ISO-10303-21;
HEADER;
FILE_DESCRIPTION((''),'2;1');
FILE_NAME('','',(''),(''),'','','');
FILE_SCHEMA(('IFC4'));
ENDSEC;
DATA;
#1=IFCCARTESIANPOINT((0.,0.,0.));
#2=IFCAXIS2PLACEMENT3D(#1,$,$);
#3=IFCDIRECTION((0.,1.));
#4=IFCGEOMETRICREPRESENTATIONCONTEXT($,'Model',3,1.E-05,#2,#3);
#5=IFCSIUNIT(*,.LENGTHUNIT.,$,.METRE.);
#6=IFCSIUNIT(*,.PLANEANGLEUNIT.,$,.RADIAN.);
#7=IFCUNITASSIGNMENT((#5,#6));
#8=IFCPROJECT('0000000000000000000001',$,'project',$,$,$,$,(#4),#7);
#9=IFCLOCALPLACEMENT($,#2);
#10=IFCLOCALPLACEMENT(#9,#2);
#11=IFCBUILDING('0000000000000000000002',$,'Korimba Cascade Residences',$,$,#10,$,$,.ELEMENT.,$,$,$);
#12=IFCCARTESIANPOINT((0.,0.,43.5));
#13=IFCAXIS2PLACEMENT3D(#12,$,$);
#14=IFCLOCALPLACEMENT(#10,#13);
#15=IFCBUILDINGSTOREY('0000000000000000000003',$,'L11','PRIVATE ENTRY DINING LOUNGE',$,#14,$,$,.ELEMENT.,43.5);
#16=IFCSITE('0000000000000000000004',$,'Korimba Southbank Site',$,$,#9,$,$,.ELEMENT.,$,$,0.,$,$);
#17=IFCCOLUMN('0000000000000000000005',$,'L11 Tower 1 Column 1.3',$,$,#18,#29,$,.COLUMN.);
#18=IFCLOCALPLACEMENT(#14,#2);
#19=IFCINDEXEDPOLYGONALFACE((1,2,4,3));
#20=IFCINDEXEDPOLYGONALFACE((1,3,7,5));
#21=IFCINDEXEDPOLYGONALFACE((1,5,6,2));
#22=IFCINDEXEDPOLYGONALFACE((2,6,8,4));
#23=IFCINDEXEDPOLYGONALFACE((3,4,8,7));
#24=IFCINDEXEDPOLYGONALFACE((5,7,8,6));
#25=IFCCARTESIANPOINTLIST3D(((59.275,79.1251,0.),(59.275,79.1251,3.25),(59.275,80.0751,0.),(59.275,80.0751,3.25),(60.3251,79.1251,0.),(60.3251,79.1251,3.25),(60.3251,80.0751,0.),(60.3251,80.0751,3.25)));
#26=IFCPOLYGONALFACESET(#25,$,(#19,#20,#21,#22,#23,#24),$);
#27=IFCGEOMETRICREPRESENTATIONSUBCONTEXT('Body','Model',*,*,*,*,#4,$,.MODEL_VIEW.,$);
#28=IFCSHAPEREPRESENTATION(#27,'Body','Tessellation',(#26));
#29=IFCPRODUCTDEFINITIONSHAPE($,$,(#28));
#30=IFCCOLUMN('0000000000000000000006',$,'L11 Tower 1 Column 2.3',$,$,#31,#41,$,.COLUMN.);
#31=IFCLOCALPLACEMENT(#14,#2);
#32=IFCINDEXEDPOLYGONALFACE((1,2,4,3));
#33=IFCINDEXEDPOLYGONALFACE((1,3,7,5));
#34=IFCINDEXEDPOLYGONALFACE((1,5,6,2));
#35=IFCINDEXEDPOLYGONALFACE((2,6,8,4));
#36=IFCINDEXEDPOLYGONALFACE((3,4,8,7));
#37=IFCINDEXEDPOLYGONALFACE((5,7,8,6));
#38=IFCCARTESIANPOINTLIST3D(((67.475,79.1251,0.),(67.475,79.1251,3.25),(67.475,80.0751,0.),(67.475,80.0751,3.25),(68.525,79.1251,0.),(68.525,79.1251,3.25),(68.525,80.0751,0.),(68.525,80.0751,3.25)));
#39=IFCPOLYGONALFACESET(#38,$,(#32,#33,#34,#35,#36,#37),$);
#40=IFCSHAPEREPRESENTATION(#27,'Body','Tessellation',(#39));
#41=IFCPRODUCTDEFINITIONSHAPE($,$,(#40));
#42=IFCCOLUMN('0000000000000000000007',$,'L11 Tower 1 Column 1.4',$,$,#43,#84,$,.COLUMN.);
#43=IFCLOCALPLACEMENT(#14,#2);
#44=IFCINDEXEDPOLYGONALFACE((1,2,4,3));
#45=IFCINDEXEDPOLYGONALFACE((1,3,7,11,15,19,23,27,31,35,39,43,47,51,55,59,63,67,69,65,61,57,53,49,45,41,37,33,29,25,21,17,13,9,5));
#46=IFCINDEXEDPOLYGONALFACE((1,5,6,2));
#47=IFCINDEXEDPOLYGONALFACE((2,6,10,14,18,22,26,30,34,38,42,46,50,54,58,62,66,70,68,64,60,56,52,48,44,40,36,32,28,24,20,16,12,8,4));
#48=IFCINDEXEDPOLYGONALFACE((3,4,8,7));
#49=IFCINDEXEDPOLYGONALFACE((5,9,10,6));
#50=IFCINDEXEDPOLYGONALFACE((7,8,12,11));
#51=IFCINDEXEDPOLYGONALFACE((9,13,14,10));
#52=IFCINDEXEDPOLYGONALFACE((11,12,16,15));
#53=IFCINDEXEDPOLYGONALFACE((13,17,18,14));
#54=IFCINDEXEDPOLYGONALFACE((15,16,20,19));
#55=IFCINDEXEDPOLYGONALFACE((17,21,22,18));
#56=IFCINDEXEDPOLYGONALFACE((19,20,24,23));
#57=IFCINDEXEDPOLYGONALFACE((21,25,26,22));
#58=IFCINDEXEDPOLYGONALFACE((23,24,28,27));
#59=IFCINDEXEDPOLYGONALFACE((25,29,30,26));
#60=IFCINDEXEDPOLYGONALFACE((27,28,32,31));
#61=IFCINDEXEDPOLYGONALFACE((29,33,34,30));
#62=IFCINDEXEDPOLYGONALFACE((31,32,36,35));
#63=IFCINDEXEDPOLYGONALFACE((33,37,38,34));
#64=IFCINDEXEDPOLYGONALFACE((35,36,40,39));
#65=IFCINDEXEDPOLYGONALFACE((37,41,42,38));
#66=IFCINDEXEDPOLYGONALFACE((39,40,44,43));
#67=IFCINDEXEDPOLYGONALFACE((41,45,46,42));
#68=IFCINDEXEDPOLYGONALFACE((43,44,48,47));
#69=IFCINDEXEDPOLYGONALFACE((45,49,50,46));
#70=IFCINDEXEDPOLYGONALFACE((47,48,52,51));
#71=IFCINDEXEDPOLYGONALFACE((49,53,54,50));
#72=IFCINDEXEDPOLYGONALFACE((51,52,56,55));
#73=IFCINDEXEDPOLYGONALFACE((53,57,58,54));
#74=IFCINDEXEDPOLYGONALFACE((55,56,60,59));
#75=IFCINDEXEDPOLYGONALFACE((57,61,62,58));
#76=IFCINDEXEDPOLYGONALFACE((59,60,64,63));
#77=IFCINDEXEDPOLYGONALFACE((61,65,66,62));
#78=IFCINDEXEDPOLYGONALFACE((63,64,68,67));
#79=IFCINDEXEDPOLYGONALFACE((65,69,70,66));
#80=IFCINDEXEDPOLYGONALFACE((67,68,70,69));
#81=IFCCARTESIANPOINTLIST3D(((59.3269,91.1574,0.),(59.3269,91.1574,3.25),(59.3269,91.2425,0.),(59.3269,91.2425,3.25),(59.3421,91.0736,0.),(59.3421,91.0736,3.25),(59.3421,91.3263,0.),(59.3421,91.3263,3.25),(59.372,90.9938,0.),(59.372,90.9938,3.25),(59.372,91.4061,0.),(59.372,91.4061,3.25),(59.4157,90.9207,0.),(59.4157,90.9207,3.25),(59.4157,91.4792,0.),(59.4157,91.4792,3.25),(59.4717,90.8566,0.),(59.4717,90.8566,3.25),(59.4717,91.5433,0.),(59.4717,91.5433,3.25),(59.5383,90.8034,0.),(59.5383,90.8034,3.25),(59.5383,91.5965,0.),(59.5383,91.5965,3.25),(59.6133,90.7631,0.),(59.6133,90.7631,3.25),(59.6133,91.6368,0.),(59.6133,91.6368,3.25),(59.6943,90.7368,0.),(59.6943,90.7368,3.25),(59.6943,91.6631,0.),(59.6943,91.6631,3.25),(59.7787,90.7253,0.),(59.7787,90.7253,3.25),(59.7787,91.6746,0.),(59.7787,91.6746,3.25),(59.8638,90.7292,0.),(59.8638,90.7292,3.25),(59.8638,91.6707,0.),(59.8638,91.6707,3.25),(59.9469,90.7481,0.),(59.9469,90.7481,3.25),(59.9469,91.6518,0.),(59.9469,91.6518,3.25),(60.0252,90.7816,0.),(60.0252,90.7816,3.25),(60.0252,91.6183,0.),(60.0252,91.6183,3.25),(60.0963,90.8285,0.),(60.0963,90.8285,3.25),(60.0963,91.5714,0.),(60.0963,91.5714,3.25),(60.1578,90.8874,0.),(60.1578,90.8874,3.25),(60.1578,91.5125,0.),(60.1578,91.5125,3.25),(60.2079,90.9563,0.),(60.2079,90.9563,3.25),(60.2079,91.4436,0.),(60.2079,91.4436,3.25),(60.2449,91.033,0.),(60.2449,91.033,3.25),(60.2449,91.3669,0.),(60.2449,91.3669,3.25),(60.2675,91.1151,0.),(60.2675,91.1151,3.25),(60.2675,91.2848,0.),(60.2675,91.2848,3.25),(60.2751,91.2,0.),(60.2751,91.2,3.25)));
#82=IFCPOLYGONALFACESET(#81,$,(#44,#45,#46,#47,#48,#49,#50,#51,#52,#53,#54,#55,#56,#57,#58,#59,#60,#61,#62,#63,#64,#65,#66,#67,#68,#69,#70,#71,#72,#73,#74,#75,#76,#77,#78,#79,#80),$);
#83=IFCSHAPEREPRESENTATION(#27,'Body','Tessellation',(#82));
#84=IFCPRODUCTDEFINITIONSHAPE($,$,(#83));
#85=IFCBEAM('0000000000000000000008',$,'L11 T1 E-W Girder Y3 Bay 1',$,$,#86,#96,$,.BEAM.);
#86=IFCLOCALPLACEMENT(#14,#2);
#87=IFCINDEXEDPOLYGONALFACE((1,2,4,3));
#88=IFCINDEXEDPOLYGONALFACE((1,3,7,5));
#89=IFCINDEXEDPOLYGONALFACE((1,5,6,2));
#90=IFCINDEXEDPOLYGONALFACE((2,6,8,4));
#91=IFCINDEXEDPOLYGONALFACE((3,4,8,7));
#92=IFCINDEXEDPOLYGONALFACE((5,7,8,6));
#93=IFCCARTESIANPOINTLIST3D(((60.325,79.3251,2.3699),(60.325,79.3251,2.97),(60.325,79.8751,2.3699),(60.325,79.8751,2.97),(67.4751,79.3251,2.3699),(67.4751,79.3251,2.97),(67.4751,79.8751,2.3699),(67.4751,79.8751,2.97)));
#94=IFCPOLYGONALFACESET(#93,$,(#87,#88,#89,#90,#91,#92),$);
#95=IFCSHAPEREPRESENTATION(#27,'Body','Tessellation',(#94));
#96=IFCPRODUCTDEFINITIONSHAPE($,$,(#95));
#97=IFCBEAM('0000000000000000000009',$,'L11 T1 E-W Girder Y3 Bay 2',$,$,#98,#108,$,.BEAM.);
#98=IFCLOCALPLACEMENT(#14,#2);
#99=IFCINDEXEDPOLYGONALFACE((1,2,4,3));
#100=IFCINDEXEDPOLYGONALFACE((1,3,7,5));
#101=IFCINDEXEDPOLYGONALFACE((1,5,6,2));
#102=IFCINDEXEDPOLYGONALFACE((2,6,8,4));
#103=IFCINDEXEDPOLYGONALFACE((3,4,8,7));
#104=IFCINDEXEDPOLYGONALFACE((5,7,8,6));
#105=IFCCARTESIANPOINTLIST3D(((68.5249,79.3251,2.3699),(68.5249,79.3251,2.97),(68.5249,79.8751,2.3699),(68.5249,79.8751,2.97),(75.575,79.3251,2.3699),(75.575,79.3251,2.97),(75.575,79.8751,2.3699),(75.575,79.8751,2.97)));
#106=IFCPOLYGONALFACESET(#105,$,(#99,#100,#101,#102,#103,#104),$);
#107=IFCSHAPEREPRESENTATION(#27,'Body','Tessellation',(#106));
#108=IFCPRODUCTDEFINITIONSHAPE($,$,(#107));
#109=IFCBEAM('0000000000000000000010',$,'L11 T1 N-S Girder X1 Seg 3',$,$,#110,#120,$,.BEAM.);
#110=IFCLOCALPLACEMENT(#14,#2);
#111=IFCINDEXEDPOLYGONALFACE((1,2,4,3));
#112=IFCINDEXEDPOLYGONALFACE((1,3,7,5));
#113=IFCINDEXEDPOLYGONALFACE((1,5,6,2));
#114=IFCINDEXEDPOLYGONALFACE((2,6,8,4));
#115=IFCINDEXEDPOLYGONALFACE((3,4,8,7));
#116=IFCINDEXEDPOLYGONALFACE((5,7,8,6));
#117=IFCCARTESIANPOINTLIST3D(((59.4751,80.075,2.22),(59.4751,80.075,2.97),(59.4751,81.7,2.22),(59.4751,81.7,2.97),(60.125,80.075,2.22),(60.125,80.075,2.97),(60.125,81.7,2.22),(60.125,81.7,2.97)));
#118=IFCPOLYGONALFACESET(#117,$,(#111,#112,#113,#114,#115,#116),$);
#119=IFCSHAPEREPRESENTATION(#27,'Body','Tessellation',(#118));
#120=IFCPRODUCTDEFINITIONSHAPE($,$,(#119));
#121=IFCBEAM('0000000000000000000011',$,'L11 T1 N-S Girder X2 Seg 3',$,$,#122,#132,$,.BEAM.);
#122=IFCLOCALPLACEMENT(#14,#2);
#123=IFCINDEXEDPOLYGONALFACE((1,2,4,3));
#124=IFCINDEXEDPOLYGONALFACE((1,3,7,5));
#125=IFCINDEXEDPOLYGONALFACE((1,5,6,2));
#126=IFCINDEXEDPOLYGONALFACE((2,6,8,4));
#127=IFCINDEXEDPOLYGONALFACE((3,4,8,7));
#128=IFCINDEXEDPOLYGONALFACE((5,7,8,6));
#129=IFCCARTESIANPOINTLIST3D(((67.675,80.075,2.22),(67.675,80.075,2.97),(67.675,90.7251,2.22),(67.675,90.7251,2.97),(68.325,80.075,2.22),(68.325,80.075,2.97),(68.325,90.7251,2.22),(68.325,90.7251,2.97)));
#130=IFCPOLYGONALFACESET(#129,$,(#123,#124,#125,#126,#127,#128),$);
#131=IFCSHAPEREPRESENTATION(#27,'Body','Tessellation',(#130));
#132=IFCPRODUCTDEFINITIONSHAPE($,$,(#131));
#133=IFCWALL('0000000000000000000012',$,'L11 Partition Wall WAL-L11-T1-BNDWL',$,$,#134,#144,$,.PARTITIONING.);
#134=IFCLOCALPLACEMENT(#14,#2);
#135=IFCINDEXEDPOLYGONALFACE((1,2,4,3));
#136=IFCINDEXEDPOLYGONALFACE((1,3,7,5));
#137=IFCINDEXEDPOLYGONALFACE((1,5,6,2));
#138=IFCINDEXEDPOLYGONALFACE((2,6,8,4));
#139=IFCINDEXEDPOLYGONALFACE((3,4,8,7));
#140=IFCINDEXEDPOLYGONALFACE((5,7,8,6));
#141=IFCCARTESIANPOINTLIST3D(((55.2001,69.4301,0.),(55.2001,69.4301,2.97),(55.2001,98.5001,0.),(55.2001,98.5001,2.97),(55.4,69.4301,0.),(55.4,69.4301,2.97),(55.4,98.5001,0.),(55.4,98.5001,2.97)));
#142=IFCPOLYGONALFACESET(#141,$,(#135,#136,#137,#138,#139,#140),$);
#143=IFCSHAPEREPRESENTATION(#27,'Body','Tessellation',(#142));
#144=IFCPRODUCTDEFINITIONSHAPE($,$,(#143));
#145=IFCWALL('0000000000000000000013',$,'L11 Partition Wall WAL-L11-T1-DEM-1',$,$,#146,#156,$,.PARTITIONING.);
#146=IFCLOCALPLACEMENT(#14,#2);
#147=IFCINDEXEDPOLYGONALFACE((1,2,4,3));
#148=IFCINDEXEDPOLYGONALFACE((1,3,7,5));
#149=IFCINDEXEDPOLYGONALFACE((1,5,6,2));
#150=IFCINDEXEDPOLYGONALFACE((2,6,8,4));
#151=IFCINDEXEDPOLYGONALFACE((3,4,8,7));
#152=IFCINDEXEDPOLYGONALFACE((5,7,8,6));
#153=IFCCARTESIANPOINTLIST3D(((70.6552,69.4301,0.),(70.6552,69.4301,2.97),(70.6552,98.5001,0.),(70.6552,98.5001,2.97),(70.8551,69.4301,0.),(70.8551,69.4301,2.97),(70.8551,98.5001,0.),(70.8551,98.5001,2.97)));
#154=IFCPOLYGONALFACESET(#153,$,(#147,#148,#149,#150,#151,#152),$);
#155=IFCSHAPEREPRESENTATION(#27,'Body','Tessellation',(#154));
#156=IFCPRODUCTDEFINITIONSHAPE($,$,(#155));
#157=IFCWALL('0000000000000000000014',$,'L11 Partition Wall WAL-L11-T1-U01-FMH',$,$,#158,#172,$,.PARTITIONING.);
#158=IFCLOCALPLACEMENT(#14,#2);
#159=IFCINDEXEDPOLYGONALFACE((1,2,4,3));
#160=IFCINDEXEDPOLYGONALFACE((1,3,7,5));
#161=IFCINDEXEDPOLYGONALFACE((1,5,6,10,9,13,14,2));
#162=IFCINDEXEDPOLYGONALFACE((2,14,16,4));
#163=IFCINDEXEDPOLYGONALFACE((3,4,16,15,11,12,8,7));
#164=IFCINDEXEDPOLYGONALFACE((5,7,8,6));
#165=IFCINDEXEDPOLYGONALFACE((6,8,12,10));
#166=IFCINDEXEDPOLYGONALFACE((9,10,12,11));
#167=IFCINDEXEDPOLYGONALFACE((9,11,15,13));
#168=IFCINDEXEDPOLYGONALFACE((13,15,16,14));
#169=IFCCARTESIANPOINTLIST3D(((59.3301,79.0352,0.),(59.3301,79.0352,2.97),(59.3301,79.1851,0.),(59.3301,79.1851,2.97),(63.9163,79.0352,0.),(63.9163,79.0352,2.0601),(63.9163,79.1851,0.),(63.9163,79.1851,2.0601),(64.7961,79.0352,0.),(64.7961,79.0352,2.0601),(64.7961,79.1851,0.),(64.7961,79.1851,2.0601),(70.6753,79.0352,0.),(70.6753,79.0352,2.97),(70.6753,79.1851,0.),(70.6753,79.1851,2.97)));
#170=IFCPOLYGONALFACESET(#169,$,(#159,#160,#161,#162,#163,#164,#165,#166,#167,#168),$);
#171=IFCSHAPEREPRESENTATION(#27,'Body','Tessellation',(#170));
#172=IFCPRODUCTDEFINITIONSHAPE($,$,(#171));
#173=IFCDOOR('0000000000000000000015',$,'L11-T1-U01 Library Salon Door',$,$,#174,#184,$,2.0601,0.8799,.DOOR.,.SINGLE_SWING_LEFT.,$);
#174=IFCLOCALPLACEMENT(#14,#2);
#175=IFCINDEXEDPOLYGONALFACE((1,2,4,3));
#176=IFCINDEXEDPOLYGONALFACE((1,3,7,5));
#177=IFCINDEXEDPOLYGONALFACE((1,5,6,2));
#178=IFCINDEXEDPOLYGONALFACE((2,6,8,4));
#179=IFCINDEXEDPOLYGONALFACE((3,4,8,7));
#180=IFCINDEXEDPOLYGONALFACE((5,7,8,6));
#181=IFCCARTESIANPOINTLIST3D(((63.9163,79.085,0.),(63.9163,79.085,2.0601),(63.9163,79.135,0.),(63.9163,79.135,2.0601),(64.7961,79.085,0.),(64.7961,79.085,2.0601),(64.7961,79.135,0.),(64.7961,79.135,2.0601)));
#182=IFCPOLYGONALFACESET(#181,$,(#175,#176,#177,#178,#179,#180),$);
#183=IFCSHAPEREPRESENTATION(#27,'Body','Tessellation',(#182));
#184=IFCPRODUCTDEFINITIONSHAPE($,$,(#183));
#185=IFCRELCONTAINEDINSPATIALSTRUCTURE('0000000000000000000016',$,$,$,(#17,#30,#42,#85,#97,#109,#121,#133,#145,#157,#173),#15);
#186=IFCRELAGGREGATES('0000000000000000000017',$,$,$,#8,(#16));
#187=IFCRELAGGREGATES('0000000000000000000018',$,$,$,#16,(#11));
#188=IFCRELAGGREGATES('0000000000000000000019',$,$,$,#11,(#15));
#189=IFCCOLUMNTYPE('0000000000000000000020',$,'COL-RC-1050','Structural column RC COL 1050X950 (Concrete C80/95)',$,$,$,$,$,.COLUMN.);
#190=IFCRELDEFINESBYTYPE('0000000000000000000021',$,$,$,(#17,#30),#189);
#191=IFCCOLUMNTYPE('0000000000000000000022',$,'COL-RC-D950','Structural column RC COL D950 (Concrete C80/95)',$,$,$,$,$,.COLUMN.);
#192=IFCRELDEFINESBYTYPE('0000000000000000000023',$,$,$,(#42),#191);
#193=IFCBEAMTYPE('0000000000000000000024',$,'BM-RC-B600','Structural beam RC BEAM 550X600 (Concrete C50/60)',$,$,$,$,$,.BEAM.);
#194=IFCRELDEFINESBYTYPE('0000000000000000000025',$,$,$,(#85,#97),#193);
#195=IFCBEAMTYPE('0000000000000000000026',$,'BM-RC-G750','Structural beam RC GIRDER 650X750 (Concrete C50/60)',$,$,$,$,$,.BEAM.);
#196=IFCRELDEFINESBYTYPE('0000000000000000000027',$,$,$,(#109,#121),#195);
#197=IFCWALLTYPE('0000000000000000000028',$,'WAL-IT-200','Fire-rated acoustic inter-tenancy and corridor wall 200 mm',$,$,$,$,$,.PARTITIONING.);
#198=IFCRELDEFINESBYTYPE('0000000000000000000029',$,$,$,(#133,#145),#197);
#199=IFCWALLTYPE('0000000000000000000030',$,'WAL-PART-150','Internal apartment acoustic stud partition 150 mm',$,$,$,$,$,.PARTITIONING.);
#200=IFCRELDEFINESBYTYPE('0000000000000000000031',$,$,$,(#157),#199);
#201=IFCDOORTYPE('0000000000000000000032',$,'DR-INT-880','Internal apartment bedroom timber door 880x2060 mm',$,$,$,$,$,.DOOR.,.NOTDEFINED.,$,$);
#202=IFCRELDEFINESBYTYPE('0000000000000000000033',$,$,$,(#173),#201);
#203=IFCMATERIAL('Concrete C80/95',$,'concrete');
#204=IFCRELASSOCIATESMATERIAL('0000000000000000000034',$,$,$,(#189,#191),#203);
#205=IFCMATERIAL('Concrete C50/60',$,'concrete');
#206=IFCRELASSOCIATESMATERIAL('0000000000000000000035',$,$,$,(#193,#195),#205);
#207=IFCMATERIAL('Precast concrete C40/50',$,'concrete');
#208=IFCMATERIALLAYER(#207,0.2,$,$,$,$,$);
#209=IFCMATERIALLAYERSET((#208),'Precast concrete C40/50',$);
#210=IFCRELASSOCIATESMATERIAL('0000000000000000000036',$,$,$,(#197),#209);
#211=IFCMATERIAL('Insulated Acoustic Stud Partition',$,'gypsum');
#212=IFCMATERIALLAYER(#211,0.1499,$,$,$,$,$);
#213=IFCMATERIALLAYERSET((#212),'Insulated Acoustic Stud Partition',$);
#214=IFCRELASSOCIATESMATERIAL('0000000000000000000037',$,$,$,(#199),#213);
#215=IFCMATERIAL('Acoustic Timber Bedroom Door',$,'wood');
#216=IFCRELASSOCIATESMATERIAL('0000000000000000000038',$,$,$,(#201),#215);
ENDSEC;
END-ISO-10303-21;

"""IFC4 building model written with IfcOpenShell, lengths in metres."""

from ifc_helpers import new_model, si_unit, direction, frame, frame_2d, origin, origin_2d, place, context, subcontext, project, spatial, rectangle, circle, extrude, material, layer, layer_set, material_profile, profile_set, type_object, element, fill, save


model = new_model("IFC4")

# Units and contexts
model_context = context("Model", 3, precision=1e-05, world=origin(), true_north=direction((0.0, 1.0)))
body_context = subcontext(model_context, "Body", "Model", "MODEL_VIEW")
ifc_project = project(units=[si_unit("LENGTHUNIT", "METRE"), si_unit("PLANEANGLEUNIT", "RADIAN")], contexts=[model_context])

# Site, building, storey
site_placement = place(None, origin())
site = spatial("IfcSite", under=ifc_project, at=site_placement, Name="Korimba Southbank Site", CompositionType="ELEMENT", RefElevation=0.0)
building_placement = place(site_placement, origin())
building = spatial("IfcBuilding", under=site, at=building_placement, Name="Korimba Cascade Residences", CompositionType="ELEMENT")
storey_placement = place(building_placement, frame((0.0, 0.0, 43.5)))
storey = spatial("IfcBuildingStorey", under=building, at=storey_placement, Name="L11", Description="PRIVATE ENTRY DINING LOUNGE", CompositionType="ELEMENT", Elevation=43.5)

# Columns
ifc_material_1 = material(Name="Concrete C80/95", Category="concrete")
ifc_material_profile_1 = material_profile(ifc_material_1, rectangle(XDim=1.05, YDim=0.95, at=origin_2d()), Name="Concrete C80/95")
ifc_profile_set_1 = profile_set([ifc_material_profile_1], Name="Concrete C80/95")
column_type_1 = type_object("IfcColumnType", Name="COL-RC-1050", Description="Structural column RC COL 1050X950 (Concrete C80/95)", PredefinedType="COLUMN", material=ifc_profile_set_1)
for number, where, z_axis, x_axis, name in (
    (1, (59.8, 79.6001, 0.0), (0.0, 0.0, 1.0), (1.0, 0.0, 0.0), "L11 Tower 1 Column 1.3"),
    (2, (68.0, 79.6001, 0.0), (0.0, 0.0, 1.0), (1.0, 0.0, 0.0), "L11 Tower 1 Column 2.3"),
):
    element("IfcColumn", number, at=place(storey_placement, frame(where, z_axis=z_axis, x_axis=x_axis)), inside=storey, type_object=column_type_1, Name=name, PredefinedType="COLUMN", context=body_context, shape_type="SweptSolid", body=[
        extrude(rectangle(XDim=1.05, YDim=0.95, at=origin_2d()), origin(), (0.0, 0.0, 1.0), 3.25),
    ])
ifc_material_profile_2 = material_profile(ifc_material_1, circle(Radius=0.4751, at=origin_2d()), Name="Concrete C80/95")
ifc_profile_set_2 = profile_set([ifc_material_profile_2], Name="Concrete C80/95")
column_type_2 = type_object("IfcColumnType", Name="COL-RC-D950", Description="Structural column RC COL D950 (Concrete C80/95)", PredefinedType="COLUMN", material=ifc_profile_set_2)
column_placement = place(storey_placement, frame((59.8, 91.2, 0.0), z_axis=(0.0, 0.0, 1.0), x_axis=(1.0, 0.0, 0.0)))
element("IfcColumn", 3, at=column_placement, inside=storey, type_object=column_type_2, Name="L11 Tower 1 Column 1.4", PredefinedType="COLUMN", context=body_context, shape_type="SweptSolid", body=[
    extrude(circle(Radius=0.4751, at=origin_2d()), origin(), (0.0, 0.0, 1.0), 3.25),
])

# Beams
ifc_material_2 = material(Name="Concrete C50/60", Category="concrete")
ifc_material_profile_3 = material_profile(ifc_material_2, rectangle(XDim=0.55, YDim=0.6001, at=origin_2d()), Name="Concrete C50/60")
ifc_profile_set_3 = profile_set([ifc_material_profile_3], Name="Concrete C50/60")
beam_type_1 = type_object("IfcBeamType", Name="BM-RC-B600", Description="Structural beam RC BEAM 550X600 (Concrete C50/60)", PredefinedType="BEAM", material=ifc_profile_set_3)
beam_1_placement = place(storey_placement, frame((60.325, 79.6001, 2.6699), z_axis=(1.0, 0.0, 0.0), x_axis=(0.0, 1.0, 0.0)))
element("IfcBeam", 4, at=beam_1_placement, inside=storey, type_object=beam_type_1, Name="L11 T1 E-W Girder Y3 Bay 1", PredefinedType="BEAM", context=body_context, shape_type="SweptSolid", body=[
    extrude(rectangle(XDim=0.55, YDim=0.6001, at=origin_2d()), origin(), (0.0, 0.0, 1.0), 7.1501),
])
beam_2_placement = place(storey_placement, frame((68.5249, 79.6001, 2.6699), z_axis=(1.0, 0.0, 0.0), x_axis=(0.0, 1.0, 0.0)))
element("IfcBeam", 5, at=beam_2_placement, inside=storey, type_object=beam_type_1, Name="L11 T1 E-W Girder Y3 Bay 2", PredefinedType="BEAM", context=body_context, shape_type="SweptSolid", body=[
    extrude(rectangle(XDim=0.55, YDim=0.6001, at=origin_2d()), origin(), (0.0, 0.0, 1.0), 7.05),
])
ifc_material_profile_4 = material_profile(ifc_material_2, rectangle(XDim=0.6499, YDim=0.75, at=origin_2d()), Name="Concrete C50/60")
ifc_profile_set_4 = profile_set([ifc_material_profile_4], Name="Concrete C50/60")
beam_type_2 = type_object("IfcBeamType", Name="BM-RC-G750", Description="Structural beam RC GIRDER 650X750 (Concrete C50/60)", PredefinedType="BEAM", material=ifc_profile_set_4)
beam_3_placement = place(storey_placement, frame((59.8, 80.075, 2.595), z_axis=(0.0, 1.0, 0.0), x_axis=(-1.0, 0.0, 0.0)))
element("IfcBeam", 6, at=beam_3_placement, inside=storey, type_object=beam_type_2, Name="L11 T1 N-S Girder X1 Seg 3", PredefinedType="BEAM", context=body_context, shape_type="SweptSolid", body=[
    extrude(rectangle(XDim=0.6499, YDim=0.75, at=origin_2d()), origin(), (0.0, 0.0, 1.0), 1.625),
])
beam_4_placement = place(storey_placement, frame((68.0, 80.075, 2.595), z_axis=(0.0, 1.0, 0.0), x_axis=(-1.0, 0.0, 0.0)))
element("IfcBeam", 7, at=beam_4_placement, inside=storey, type_object=beam_type_2, Name="L11 T1 N-S Girder X2 Seg 3", PredefinedType="BEAM", context=body_context, shape_type="SweptSolid", body=[
    extrude(rectangle(XDim=0.6499, YDim=0.75, at=origin_2d()), origin(), (0.0, 0.0, 1.0), 10.6501),
])

# Walls
ifc_material_3 = material(Name="Precast concrete C40/50", Category="concrete")
ifc_layer_1 = layer(ifc_material_3, 0.2)
ifc_layer_set_1 = layer_set([ifc_layer_1], Name="Precast concrete C40/50")
wall_type_1 = type_object("IfcWallType", Name="WAL-IT-200", Description="Fire-rated acoustic inter-tenancy and corridor wall 200 mm", PredefinedType="PARTITIONING", material=ifc_layer_set_1)
for number, where, z_axis, x_axis, name in (
    (8, (55.3, 69.4299, 0.0), (0.0, 0.0, 1.0), (0.0, 1.0, 0.0), "L11 Partition Wall WAL-L11-T1-BNDWL"),
    (9, (70.7551, 69.4299, 0.0), (0.0, 0.0, 1.0), (0.0, 1.0, 0.0), "L11 Partition Wall WAL-L11-T1-DEM-1"),
):
    element("IfcWall", number, at=place(storey_placement, frame(where, z_axis=z_axis, x_axis=x_axis)), inside=storey, type_object=wall_type_1, Name=name, PredefinedType="PARTITIONING", context=body_context, shape_type="SweptSolid", body=[
        extrude(rectangle(XDim=29.0701, YDim=0.2, at=frame_2d((14.5352, 0.0))), origin(), (0.0, 0.0, 1.0), 2.97),
    ])

# Wall, opening, door
ifc_material_4 = material(Name="Insulated Acoustic Stud Partition", Category="gypsum")
ifc_layer_2 = layer(ifc_material_4, 0.1499)
ifc_layer_set_2 = layer_set([ifc_layer_2], Name="Insulated Acoustic Stud Partition")
wall_type_2 = type_object("IfcWallType", Name="WAL-PART-150", Description="Internal apartment acoustic stud partition 150 mm", PredefinedType="PARTITIONING", material=ifc_layer_set_2)
wall_1_placement = place(storey_placement, frame((59.3301, 79.1101, 0.0), z_axis=(0.0, 0.0, 1.0), x_axis=(1.0, 0.0, 0.0)))
wall_1 = element("IfcWall", 10, at=wall_1_placement, inside=storey, type_object=wall_type_2, Name="L11 Partition Wall WAL-L11-T1-U01-FMH", PredefinedType="PARTITIONING", context=body_context, shape_type="SweptSolid", body=[
    extrude(rectangle(XDim=11.3452, YDim=0.1499, at=frame_2d((5.6726, 0.0))), origin(), (0.0, 0.0, 1.0), 2.97),
])
opening_1_placement = place(wall_1_placement, frame((4.5862, 0.0, 0.0)))
opening_1 = element("IfcOpeningElement", 11, at=opening_1_placement, cuts=wall_1, PredefinedType="OPENING", context=body_context, shape_type="SweptSolid", body=[
    extrude(rectangle(XDim=0.8799, YDim=2.0601, at=frame_2d((0.4399, 1.03))), frame((0.0, 0.085, 0.0), z_axis=(0.0, -1.0, 0.0), x_axis=(1.0, 0.0, 0.0)), (0.0, 0.0, 1.0), 0.1699),
])
ifc_material_5 = material(Name="Acoustic Timber Bedroom Door", Category="wood")
door_type_1 = type_object("IfcDoorType", Name="DR-INT-880", Description="Internal apartment bedroom timber door 880x2060 mm", OperationType="NOTDEFINED", PredefinedType="DOOR", material=ifc_material_5)
door_1_placement = place(opening_1_placement, origin())
door_1 = element("IfcDoor", 12, at=door_1_placement, inside=storey, type_object=door_type_1, Name="L11-T1-U01 Library Salon Door", OperationType="SINGLE_SWING_LEFT", OverallHeight=2.0601, OverallWidth=0.8799, PredefinedType="DOOR", context=body_context, shape_type="SweptSolid", body=[
    extrude(rectangle(XDim=0.8799, YDim=2.0601, at=frame_2d((0.4399, 1.03))), frame((0.0, 0.0249, 0.0), z_axis=(0.0, -1.0, 0.0), x_axis=(1.0, 0.0, 0.0)), (0.0, 0.0, 1.0), 0.05),
])
fill(opening_1, door_1)

save(model, "model.ifc")
